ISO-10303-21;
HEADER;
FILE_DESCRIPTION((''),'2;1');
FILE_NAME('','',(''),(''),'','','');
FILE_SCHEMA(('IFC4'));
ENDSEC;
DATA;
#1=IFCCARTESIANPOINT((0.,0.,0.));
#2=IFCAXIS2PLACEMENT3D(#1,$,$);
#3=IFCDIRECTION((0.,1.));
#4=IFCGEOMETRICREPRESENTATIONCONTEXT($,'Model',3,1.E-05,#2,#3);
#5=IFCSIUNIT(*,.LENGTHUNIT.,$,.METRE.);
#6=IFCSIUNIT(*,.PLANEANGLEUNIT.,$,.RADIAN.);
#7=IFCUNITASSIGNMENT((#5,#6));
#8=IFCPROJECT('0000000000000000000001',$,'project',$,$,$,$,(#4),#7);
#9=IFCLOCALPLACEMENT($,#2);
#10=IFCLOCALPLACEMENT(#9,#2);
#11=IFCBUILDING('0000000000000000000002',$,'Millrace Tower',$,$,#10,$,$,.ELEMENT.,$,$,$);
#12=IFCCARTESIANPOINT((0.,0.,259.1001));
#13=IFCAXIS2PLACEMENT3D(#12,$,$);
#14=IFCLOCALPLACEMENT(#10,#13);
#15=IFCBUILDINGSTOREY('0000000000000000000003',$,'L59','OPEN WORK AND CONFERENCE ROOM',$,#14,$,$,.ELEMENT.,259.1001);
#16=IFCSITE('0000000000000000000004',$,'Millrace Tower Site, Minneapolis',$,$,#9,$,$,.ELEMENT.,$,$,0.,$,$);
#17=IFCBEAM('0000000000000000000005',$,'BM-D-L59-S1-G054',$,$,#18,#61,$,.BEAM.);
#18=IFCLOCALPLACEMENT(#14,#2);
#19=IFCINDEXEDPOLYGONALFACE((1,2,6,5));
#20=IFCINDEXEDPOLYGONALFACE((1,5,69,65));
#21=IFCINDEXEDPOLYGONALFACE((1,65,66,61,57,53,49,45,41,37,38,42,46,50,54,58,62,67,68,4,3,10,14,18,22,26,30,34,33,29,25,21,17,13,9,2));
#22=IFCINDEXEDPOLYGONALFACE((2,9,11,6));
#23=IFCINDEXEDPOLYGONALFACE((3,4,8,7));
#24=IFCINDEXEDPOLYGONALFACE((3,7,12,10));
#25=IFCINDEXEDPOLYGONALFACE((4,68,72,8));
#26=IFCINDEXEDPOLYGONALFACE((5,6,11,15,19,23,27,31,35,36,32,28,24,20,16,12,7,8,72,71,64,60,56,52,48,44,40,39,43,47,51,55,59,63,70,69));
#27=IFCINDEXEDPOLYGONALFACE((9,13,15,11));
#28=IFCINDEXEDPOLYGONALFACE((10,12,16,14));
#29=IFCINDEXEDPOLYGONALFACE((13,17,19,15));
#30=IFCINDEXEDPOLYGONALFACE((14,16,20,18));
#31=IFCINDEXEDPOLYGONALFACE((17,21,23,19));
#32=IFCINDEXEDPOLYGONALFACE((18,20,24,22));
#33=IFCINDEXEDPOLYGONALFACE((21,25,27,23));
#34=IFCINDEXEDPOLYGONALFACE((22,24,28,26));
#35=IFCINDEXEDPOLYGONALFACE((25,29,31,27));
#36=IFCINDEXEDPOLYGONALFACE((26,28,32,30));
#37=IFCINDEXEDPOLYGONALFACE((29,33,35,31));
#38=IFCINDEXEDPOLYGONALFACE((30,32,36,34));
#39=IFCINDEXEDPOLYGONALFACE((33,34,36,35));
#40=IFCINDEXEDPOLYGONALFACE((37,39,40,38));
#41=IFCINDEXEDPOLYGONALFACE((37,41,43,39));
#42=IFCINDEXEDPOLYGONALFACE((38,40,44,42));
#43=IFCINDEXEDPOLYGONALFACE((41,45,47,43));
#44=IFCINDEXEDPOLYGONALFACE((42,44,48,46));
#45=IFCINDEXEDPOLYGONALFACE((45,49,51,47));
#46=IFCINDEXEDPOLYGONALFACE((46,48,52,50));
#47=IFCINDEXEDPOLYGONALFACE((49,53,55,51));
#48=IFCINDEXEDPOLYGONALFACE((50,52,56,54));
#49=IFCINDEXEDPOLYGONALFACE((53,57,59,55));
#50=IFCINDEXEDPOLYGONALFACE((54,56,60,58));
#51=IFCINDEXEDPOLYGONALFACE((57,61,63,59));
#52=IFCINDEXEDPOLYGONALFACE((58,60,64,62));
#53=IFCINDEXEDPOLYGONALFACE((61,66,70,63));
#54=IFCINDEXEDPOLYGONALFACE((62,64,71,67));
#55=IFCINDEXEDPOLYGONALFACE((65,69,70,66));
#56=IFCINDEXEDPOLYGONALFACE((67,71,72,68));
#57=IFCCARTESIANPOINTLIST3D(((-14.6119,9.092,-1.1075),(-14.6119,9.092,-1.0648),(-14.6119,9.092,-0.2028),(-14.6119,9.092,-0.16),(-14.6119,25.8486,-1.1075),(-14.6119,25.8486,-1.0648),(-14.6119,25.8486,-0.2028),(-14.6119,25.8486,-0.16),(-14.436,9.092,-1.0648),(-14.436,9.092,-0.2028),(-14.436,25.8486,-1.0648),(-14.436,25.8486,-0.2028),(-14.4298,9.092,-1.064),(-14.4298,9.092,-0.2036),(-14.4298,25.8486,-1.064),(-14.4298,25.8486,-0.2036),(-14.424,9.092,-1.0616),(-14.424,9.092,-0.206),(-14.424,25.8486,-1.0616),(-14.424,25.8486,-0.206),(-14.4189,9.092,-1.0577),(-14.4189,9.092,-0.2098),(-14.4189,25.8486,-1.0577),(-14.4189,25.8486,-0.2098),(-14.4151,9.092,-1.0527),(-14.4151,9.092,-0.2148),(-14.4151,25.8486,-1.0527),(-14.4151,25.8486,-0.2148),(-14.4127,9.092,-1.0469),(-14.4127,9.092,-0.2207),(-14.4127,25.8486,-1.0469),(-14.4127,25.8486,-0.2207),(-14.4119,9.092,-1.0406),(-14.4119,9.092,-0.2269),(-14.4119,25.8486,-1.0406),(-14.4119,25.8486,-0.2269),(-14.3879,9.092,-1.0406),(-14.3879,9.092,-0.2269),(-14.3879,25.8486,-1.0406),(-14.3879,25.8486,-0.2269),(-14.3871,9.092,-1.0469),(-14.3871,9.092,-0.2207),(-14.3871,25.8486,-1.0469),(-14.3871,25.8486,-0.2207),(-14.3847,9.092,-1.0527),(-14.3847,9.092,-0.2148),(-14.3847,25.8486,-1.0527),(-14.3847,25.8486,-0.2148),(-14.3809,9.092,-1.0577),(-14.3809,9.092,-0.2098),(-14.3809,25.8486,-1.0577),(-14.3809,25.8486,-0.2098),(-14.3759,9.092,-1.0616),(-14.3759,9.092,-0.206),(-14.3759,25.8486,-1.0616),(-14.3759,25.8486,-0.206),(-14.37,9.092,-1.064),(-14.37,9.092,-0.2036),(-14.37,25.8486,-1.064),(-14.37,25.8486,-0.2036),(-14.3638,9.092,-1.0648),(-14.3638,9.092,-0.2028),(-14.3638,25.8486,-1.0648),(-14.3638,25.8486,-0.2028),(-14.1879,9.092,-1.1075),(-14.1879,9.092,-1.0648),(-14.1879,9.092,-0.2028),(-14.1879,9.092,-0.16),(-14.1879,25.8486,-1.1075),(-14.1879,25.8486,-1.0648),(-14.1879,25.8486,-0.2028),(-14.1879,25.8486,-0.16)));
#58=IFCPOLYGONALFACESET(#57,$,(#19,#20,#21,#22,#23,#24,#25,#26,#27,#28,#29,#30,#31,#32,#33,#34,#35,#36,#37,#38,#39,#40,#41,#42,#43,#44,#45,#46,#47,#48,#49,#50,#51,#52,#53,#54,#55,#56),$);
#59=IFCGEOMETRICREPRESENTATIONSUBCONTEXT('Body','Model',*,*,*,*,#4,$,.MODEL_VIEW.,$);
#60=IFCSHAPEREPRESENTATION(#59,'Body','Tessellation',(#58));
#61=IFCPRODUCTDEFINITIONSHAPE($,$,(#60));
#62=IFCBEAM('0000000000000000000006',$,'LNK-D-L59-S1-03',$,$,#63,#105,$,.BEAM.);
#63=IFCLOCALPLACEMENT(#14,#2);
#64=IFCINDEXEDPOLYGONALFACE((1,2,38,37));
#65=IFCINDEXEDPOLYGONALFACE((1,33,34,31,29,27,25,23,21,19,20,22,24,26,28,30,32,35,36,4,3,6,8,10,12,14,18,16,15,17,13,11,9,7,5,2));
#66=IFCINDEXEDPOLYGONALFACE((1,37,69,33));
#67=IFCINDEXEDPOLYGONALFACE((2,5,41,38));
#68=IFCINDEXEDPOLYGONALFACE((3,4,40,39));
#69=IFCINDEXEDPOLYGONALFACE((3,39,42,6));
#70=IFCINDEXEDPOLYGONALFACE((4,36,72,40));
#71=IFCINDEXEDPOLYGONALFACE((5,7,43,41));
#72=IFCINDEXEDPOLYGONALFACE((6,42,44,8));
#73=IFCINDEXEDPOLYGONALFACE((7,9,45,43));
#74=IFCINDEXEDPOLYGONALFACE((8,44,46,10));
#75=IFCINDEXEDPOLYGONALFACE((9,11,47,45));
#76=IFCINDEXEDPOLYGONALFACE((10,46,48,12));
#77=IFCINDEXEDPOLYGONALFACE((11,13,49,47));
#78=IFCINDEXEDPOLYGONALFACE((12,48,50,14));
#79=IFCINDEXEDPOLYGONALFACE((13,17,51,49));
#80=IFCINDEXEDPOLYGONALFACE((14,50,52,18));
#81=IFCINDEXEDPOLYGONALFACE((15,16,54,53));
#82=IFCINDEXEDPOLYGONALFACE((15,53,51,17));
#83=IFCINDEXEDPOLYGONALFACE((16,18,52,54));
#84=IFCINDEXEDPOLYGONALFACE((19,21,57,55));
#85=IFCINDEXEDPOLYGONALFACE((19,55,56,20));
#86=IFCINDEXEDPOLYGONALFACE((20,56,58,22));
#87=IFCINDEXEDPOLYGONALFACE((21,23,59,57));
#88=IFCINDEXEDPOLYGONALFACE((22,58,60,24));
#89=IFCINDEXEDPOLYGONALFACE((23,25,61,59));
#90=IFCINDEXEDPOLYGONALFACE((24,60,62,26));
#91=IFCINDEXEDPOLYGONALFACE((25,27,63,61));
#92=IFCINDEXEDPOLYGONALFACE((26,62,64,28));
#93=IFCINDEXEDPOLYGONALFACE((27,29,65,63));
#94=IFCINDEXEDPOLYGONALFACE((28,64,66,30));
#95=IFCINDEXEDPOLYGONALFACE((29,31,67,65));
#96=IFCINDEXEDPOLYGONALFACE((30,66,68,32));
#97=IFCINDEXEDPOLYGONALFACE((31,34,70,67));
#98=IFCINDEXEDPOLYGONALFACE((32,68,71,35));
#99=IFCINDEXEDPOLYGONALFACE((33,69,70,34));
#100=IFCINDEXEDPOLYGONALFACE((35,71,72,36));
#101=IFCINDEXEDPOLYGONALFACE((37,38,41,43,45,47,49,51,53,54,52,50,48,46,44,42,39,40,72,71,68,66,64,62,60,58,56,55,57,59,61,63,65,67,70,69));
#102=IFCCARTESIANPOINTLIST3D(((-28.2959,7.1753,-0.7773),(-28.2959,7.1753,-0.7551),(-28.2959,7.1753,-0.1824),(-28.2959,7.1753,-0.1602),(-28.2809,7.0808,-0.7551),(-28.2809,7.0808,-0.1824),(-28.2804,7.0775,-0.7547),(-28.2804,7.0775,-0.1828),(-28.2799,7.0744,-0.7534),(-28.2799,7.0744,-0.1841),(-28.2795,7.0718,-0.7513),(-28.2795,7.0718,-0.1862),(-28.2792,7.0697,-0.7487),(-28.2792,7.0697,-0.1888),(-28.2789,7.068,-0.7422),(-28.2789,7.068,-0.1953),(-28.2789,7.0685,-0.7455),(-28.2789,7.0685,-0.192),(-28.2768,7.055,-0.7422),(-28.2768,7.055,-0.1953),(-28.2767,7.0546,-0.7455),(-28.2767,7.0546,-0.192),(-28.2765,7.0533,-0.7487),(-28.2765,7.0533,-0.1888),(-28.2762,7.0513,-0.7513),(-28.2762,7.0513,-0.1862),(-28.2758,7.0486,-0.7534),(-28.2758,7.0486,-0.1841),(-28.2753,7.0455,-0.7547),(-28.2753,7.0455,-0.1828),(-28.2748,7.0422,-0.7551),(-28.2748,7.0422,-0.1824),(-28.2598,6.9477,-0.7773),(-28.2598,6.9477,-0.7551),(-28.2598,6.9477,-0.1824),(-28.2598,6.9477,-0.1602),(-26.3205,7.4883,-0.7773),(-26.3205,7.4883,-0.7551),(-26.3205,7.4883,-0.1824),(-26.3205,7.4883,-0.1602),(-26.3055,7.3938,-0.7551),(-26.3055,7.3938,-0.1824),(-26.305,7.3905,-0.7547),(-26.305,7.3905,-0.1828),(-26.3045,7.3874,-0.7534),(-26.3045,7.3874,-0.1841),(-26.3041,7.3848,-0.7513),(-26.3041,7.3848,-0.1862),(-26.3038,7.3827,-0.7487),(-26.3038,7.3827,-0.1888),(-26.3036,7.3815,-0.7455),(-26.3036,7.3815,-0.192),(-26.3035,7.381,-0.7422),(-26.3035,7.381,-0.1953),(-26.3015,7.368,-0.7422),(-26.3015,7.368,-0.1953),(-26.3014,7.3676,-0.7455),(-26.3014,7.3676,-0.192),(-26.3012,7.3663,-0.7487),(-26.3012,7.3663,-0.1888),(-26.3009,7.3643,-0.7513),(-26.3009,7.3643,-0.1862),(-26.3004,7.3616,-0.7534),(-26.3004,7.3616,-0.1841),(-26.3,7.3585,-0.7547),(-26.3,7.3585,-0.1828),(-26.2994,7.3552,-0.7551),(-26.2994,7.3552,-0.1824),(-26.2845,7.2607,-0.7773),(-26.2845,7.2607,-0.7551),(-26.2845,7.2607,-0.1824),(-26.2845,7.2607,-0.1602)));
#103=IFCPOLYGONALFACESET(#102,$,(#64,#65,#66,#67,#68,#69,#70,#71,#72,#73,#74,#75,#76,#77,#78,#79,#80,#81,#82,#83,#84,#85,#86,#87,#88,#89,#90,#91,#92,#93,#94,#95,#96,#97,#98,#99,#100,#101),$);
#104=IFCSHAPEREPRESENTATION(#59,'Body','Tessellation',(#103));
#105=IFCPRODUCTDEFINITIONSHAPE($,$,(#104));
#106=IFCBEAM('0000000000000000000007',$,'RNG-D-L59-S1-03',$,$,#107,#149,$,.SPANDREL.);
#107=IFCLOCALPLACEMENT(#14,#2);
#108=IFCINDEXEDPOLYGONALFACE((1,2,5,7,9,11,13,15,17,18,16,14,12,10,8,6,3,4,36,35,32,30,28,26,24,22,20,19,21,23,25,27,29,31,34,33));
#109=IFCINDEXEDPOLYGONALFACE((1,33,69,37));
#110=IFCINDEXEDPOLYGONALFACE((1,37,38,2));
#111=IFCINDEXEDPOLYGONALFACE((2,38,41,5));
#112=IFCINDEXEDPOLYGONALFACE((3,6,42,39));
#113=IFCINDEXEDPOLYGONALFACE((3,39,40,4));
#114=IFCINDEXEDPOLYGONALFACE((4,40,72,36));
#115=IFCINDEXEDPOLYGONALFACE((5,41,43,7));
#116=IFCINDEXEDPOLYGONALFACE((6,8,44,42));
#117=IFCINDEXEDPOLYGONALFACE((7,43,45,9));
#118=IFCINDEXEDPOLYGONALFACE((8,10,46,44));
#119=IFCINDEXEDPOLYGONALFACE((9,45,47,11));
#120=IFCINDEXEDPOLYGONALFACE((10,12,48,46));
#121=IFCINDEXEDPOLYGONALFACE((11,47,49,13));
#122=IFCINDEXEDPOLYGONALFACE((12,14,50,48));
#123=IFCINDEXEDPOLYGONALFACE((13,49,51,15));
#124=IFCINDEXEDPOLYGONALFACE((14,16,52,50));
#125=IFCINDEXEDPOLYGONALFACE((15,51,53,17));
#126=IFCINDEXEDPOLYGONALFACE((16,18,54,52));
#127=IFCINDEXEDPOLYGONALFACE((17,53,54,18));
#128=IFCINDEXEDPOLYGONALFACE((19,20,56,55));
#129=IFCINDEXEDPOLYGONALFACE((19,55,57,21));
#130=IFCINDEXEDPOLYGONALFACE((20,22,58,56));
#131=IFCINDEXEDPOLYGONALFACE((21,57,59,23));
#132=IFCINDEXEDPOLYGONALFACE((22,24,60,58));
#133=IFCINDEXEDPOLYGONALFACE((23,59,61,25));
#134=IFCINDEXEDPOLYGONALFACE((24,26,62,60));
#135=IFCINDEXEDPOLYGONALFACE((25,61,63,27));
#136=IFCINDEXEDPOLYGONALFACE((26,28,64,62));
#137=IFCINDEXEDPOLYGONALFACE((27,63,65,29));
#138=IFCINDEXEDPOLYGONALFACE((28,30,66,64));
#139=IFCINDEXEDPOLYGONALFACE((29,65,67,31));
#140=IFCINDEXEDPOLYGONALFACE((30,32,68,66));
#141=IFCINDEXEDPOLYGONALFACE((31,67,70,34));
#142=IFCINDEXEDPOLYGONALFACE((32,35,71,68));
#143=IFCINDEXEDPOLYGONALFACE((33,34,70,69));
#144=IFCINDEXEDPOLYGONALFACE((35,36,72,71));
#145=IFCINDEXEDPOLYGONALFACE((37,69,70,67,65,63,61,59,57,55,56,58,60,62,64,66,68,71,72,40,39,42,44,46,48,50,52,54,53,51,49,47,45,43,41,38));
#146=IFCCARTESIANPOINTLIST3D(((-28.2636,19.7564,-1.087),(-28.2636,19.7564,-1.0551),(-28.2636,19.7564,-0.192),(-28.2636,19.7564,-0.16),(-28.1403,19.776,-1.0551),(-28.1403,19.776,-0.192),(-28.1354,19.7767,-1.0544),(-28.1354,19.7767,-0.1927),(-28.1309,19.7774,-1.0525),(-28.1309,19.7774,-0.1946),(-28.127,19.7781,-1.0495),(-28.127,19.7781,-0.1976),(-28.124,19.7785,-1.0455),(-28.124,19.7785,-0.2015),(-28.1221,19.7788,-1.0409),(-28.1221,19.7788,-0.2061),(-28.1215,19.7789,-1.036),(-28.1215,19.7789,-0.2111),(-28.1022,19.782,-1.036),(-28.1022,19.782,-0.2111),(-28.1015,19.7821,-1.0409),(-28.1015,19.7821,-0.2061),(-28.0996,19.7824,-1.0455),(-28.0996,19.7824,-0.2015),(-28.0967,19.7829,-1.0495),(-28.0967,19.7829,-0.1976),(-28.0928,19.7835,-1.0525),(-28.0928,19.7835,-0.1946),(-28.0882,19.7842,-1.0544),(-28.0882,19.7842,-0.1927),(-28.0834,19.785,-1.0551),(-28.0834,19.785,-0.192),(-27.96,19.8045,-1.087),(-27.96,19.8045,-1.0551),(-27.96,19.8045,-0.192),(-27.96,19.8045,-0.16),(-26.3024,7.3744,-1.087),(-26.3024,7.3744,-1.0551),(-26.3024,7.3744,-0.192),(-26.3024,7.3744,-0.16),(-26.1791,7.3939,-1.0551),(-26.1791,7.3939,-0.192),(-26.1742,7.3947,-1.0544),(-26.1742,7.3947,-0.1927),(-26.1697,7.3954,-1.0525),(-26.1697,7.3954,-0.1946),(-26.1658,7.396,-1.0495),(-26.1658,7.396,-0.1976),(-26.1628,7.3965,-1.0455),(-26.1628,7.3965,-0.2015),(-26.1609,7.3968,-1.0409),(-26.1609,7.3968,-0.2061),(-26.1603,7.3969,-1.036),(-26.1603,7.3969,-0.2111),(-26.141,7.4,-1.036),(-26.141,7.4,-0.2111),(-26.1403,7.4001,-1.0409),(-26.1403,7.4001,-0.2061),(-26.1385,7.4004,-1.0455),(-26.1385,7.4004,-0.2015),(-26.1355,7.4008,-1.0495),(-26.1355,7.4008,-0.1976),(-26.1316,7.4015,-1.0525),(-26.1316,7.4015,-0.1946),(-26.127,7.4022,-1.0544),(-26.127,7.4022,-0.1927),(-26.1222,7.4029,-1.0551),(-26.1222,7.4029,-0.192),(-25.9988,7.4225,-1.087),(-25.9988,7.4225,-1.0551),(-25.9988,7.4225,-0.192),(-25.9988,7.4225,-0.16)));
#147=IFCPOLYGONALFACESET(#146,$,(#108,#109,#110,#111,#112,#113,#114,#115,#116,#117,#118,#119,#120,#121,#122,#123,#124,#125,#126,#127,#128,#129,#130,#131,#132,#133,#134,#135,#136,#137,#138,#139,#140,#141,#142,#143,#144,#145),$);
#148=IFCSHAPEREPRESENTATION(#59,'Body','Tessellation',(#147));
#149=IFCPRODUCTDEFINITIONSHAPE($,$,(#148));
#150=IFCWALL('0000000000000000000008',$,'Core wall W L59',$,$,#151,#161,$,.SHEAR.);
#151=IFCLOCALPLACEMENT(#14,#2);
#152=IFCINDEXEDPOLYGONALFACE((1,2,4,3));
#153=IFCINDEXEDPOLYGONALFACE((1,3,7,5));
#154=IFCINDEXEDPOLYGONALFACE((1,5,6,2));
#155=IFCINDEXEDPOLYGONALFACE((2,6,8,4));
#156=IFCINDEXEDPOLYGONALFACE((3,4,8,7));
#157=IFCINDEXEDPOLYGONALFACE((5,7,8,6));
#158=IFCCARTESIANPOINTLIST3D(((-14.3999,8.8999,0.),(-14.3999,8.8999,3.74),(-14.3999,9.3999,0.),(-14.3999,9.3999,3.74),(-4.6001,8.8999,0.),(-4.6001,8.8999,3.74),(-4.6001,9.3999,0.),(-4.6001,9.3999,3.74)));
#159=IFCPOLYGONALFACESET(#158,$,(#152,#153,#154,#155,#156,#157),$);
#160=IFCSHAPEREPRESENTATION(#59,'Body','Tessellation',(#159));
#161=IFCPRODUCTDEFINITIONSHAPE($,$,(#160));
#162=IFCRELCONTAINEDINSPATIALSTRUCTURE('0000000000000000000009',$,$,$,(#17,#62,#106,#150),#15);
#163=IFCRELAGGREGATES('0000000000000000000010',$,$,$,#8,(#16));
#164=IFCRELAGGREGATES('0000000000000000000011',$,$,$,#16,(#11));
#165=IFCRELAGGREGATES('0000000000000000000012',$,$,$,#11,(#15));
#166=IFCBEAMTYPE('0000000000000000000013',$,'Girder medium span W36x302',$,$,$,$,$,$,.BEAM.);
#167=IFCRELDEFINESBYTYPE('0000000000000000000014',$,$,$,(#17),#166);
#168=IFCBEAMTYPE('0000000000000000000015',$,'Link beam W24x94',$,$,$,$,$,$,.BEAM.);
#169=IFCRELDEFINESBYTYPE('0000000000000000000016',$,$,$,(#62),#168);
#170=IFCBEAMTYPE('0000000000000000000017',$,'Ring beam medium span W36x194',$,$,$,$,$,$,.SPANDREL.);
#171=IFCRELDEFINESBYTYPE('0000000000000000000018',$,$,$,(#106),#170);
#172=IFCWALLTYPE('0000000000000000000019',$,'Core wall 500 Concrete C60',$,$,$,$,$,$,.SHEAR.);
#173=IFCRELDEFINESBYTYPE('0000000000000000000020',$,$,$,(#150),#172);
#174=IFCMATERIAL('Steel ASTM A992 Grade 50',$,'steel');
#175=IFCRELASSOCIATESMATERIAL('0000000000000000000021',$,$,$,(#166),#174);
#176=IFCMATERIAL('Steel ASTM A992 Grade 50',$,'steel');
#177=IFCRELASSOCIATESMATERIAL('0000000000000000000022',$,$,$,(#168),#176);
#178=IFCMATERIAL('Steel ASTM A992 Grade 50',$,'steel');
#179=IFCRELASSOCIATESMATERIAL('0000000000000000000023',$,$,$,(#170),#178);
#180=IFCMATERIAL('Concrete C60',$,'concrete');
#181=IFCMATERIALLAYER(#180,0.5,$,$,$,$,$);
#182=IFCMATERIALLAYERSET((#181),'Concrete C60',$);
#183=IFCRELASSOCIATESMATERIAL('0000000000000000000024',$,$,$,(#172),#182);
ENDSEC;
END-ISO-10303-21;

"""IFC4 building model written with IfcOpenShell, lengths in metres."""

from ifc_helpers import new_model, si_unit, direction, frame, frame_2d, origin, origin_2d, place, context, subcontext, project, spatial, rectangle, i_section, extrude, material, layer, layer_set, material_profile, profile_set, type_object, element, save


model = new_model("IFC4")

# Units and contexts
model_context = context("Model", 3, precision=1e-05, world=origin(), true_north=direction((0.0, 1.0)))
body_context = subcontext(model_context, "Body", "Model", "MODEL_VIEW")
ifc_project = project(units=[si_unit("LENGTHUNIT", "METRE"), si_unit("PLANEANGLEUNIT", "RADIAN")], contexts=[model_context])

# Site, building, storey
site_placement = place(None, origin())
site = spatial("IfcSite", under=ifc_project, at=site_placement, Name="Millrace Tower Site, Minneapolis", CompositionType="ELEMENT", RefElevation=0.0)
building_placement = place(site_placement, origin())
building = spatial("IfcBuilding", under=site, at=building_placement, Name="Millrace Tower", CompositionType="ELEMENT")
storey_placement = place(building_placement, frame((0.0, 0.0, 259.1001)))
storey = spatial("IfcBuildingStorey", under=building, at=storey_placement, Name="L59", Description="OPEN WORK AND CONFERENCE ROOM", CompositionType="ELEMENT", Elevation=259.1001)

# Beams
ifc_material_1 = material(Name="Steel ASTM A992 Grade 50", Category="steel")
ifc_material_profile_1 = material_profile(ifc_material_1, i_section(OverallWidth=0.4241, OverallDepth=0.9475, WebThickness=0.0239, FlangeThickness=0.0427, FilletRadius=0.0242, at=origin_2d()))
ifc_profile_set_1 = profile_set([ifc_material_profile_1], Name="Steel ASTM A992 Grade 50")
beam_type_1 = type_object("IfcBeamType", Name="Girder medium span W36x302", PredefinedType="BEAM", material=ifc_profile_set_1)
beam_1_placement = place(storey_placement, frame((-14.3999, 9.092, -0.6338), z_axis=(0.0, 1.0, 0.0), x_axis=(-1.0, 0.0, 0.0)))
element("IfcBeam", 1, at=beam_1_placement, inside=storey, type_object=beam_type_1, Name="BM-D-L59-S1-G054", PredefinedType="BEAM", context=body_context, shape_type="SweptSolid", body=[
    extrude(i_section(OverallWidth=0.4241, OverallDepth=0.9475, WebThickness=0.0239, FlangeThickness=0.0427, FilletRadius=0.0242, at=origin_2d()), origin(), (0.0, 0.0, 1.0), 16.7566),
])
ifc_material_2 = material(Name="Steel ASTM A992 Grade 50", Category="steel")
ifc_material_profile_2 = material_profile(ifc_material_2, i_section(OverallWidth=0.2305, OverallDepth=0.6172, WebThickness=0.0132, FlangeThickness=0.0222, FilletRadius=0.0129, at=origin_2d()))
ifc_profile_set_2 = profile_set([ifc_material_profile_2], Name="Steel ASTM A992 Grade 50")
beam_type_2 = type_object("IfcBeamType", Name="Link beam W24x94", PredefinedType="BEAM", material=ifc_profile_set_2)
beam_2_placement = place(storey_placement, frame((-26.3025, 7.3745, -0.4688), z_axis=(-0.987679, -0.156495, 0.0), x_axis=(0.156495, -0.987679, 0.0)))
element("IfcBeam", 2, at=beam_2_placement, inside=storey, type_object=beam_type_2, Name="LNK-D-L59-S1-03", PredefinedType="BEAM", context=body_context, shape_type="SweptSolid", body=[
    extrude(i_section(OverallWidth=0.2305, OverallDepth=0.6172, WebThickness=0.0132, FlangeThickness=0.0222, FilletRadius=0.0129, at=origin_2d()), origin(), (0.0, 0.0, 1.0), 2.0),
])
ifc_material_3 = material(Name="Steel ASTM A992 Grade 50", Category="steel")
ifc_material_profile_3 = material_profile(ifc_material_3, i_section(OverallWidth=0.3074, OverallDepth=0.927, WebThickness=0.0195, FlangeThickness=0.032, FilletRadius=0.019, at=origin_2d()))
ifc_profile_set_3 = profile_set([ifc_material_profile_3], Name="Steel ASTM A992 Grade 50")
beam_type_3 = type_object("IfcBeamType", Name="Ring beam medium span W36x194", PredefinedType="SPANDREL", material=ifc_profile_set_3)
beam_3_placement = place(storey_placement, frame((-26.1506, 7.3984, -0.6235), z_axis=(-0.156439, 0.987688, 0.0), x_axis=(-0.987688, -0.156439, 0.0)))
element("IfcBeam", 3, at=beam_3_placement, inside=storey, type_object=beam_type_3, Name="RNG-D-L59-S1-03", PredefinedType="SPANDREL", context=body_context, shape_type="SweptSolid", body=[
    extrude(i_section(OverallWidth=0.3074, OverallDepth=0.927, WebThickness=0.0195, FlangeThickness=0.032, FilletRadius=0.019, at=origin_2d()), origin(), (0.0, 0.0, 1.0), 12.5364),
])

# Wall
ifc_material_4 = material(Name="Concrete C60", Category="concrete")
ifc_layer_1 = layer(ifc_material_4, 0.5)
ifc_layer_set_1 = layer_set([ifc_layer_1], Name="Concrete C60")
wall_type_1 = type_object("IfcWallType", Name="Core wall 500 Concrete C60", PredefinedType="SHEAR", material=ifc_layer_set_1)
wall_1_placement = place(storey_placement, frame((-14.3999, 9.1499, 0.0), z_axis=(0.0, 0.0, 1.0), x_axis=(1.0, 0.0, 0.0)))
element("IfcWall", 4, at=wall_1_placement, inside=storey, type_object=wall_type_1, Name="Core wall W L59", PredefinedType="SHEAR", context=body_context, shape_type="SweptSolid", body=[
    extrude(rectangle(XDim=9.7998, YDim=0.5, at=frame_2d((4.8999, 0.0))), origin(), (0.0, 0.0, 1.0), 3.74),
])

save(model, "model.ifc")
